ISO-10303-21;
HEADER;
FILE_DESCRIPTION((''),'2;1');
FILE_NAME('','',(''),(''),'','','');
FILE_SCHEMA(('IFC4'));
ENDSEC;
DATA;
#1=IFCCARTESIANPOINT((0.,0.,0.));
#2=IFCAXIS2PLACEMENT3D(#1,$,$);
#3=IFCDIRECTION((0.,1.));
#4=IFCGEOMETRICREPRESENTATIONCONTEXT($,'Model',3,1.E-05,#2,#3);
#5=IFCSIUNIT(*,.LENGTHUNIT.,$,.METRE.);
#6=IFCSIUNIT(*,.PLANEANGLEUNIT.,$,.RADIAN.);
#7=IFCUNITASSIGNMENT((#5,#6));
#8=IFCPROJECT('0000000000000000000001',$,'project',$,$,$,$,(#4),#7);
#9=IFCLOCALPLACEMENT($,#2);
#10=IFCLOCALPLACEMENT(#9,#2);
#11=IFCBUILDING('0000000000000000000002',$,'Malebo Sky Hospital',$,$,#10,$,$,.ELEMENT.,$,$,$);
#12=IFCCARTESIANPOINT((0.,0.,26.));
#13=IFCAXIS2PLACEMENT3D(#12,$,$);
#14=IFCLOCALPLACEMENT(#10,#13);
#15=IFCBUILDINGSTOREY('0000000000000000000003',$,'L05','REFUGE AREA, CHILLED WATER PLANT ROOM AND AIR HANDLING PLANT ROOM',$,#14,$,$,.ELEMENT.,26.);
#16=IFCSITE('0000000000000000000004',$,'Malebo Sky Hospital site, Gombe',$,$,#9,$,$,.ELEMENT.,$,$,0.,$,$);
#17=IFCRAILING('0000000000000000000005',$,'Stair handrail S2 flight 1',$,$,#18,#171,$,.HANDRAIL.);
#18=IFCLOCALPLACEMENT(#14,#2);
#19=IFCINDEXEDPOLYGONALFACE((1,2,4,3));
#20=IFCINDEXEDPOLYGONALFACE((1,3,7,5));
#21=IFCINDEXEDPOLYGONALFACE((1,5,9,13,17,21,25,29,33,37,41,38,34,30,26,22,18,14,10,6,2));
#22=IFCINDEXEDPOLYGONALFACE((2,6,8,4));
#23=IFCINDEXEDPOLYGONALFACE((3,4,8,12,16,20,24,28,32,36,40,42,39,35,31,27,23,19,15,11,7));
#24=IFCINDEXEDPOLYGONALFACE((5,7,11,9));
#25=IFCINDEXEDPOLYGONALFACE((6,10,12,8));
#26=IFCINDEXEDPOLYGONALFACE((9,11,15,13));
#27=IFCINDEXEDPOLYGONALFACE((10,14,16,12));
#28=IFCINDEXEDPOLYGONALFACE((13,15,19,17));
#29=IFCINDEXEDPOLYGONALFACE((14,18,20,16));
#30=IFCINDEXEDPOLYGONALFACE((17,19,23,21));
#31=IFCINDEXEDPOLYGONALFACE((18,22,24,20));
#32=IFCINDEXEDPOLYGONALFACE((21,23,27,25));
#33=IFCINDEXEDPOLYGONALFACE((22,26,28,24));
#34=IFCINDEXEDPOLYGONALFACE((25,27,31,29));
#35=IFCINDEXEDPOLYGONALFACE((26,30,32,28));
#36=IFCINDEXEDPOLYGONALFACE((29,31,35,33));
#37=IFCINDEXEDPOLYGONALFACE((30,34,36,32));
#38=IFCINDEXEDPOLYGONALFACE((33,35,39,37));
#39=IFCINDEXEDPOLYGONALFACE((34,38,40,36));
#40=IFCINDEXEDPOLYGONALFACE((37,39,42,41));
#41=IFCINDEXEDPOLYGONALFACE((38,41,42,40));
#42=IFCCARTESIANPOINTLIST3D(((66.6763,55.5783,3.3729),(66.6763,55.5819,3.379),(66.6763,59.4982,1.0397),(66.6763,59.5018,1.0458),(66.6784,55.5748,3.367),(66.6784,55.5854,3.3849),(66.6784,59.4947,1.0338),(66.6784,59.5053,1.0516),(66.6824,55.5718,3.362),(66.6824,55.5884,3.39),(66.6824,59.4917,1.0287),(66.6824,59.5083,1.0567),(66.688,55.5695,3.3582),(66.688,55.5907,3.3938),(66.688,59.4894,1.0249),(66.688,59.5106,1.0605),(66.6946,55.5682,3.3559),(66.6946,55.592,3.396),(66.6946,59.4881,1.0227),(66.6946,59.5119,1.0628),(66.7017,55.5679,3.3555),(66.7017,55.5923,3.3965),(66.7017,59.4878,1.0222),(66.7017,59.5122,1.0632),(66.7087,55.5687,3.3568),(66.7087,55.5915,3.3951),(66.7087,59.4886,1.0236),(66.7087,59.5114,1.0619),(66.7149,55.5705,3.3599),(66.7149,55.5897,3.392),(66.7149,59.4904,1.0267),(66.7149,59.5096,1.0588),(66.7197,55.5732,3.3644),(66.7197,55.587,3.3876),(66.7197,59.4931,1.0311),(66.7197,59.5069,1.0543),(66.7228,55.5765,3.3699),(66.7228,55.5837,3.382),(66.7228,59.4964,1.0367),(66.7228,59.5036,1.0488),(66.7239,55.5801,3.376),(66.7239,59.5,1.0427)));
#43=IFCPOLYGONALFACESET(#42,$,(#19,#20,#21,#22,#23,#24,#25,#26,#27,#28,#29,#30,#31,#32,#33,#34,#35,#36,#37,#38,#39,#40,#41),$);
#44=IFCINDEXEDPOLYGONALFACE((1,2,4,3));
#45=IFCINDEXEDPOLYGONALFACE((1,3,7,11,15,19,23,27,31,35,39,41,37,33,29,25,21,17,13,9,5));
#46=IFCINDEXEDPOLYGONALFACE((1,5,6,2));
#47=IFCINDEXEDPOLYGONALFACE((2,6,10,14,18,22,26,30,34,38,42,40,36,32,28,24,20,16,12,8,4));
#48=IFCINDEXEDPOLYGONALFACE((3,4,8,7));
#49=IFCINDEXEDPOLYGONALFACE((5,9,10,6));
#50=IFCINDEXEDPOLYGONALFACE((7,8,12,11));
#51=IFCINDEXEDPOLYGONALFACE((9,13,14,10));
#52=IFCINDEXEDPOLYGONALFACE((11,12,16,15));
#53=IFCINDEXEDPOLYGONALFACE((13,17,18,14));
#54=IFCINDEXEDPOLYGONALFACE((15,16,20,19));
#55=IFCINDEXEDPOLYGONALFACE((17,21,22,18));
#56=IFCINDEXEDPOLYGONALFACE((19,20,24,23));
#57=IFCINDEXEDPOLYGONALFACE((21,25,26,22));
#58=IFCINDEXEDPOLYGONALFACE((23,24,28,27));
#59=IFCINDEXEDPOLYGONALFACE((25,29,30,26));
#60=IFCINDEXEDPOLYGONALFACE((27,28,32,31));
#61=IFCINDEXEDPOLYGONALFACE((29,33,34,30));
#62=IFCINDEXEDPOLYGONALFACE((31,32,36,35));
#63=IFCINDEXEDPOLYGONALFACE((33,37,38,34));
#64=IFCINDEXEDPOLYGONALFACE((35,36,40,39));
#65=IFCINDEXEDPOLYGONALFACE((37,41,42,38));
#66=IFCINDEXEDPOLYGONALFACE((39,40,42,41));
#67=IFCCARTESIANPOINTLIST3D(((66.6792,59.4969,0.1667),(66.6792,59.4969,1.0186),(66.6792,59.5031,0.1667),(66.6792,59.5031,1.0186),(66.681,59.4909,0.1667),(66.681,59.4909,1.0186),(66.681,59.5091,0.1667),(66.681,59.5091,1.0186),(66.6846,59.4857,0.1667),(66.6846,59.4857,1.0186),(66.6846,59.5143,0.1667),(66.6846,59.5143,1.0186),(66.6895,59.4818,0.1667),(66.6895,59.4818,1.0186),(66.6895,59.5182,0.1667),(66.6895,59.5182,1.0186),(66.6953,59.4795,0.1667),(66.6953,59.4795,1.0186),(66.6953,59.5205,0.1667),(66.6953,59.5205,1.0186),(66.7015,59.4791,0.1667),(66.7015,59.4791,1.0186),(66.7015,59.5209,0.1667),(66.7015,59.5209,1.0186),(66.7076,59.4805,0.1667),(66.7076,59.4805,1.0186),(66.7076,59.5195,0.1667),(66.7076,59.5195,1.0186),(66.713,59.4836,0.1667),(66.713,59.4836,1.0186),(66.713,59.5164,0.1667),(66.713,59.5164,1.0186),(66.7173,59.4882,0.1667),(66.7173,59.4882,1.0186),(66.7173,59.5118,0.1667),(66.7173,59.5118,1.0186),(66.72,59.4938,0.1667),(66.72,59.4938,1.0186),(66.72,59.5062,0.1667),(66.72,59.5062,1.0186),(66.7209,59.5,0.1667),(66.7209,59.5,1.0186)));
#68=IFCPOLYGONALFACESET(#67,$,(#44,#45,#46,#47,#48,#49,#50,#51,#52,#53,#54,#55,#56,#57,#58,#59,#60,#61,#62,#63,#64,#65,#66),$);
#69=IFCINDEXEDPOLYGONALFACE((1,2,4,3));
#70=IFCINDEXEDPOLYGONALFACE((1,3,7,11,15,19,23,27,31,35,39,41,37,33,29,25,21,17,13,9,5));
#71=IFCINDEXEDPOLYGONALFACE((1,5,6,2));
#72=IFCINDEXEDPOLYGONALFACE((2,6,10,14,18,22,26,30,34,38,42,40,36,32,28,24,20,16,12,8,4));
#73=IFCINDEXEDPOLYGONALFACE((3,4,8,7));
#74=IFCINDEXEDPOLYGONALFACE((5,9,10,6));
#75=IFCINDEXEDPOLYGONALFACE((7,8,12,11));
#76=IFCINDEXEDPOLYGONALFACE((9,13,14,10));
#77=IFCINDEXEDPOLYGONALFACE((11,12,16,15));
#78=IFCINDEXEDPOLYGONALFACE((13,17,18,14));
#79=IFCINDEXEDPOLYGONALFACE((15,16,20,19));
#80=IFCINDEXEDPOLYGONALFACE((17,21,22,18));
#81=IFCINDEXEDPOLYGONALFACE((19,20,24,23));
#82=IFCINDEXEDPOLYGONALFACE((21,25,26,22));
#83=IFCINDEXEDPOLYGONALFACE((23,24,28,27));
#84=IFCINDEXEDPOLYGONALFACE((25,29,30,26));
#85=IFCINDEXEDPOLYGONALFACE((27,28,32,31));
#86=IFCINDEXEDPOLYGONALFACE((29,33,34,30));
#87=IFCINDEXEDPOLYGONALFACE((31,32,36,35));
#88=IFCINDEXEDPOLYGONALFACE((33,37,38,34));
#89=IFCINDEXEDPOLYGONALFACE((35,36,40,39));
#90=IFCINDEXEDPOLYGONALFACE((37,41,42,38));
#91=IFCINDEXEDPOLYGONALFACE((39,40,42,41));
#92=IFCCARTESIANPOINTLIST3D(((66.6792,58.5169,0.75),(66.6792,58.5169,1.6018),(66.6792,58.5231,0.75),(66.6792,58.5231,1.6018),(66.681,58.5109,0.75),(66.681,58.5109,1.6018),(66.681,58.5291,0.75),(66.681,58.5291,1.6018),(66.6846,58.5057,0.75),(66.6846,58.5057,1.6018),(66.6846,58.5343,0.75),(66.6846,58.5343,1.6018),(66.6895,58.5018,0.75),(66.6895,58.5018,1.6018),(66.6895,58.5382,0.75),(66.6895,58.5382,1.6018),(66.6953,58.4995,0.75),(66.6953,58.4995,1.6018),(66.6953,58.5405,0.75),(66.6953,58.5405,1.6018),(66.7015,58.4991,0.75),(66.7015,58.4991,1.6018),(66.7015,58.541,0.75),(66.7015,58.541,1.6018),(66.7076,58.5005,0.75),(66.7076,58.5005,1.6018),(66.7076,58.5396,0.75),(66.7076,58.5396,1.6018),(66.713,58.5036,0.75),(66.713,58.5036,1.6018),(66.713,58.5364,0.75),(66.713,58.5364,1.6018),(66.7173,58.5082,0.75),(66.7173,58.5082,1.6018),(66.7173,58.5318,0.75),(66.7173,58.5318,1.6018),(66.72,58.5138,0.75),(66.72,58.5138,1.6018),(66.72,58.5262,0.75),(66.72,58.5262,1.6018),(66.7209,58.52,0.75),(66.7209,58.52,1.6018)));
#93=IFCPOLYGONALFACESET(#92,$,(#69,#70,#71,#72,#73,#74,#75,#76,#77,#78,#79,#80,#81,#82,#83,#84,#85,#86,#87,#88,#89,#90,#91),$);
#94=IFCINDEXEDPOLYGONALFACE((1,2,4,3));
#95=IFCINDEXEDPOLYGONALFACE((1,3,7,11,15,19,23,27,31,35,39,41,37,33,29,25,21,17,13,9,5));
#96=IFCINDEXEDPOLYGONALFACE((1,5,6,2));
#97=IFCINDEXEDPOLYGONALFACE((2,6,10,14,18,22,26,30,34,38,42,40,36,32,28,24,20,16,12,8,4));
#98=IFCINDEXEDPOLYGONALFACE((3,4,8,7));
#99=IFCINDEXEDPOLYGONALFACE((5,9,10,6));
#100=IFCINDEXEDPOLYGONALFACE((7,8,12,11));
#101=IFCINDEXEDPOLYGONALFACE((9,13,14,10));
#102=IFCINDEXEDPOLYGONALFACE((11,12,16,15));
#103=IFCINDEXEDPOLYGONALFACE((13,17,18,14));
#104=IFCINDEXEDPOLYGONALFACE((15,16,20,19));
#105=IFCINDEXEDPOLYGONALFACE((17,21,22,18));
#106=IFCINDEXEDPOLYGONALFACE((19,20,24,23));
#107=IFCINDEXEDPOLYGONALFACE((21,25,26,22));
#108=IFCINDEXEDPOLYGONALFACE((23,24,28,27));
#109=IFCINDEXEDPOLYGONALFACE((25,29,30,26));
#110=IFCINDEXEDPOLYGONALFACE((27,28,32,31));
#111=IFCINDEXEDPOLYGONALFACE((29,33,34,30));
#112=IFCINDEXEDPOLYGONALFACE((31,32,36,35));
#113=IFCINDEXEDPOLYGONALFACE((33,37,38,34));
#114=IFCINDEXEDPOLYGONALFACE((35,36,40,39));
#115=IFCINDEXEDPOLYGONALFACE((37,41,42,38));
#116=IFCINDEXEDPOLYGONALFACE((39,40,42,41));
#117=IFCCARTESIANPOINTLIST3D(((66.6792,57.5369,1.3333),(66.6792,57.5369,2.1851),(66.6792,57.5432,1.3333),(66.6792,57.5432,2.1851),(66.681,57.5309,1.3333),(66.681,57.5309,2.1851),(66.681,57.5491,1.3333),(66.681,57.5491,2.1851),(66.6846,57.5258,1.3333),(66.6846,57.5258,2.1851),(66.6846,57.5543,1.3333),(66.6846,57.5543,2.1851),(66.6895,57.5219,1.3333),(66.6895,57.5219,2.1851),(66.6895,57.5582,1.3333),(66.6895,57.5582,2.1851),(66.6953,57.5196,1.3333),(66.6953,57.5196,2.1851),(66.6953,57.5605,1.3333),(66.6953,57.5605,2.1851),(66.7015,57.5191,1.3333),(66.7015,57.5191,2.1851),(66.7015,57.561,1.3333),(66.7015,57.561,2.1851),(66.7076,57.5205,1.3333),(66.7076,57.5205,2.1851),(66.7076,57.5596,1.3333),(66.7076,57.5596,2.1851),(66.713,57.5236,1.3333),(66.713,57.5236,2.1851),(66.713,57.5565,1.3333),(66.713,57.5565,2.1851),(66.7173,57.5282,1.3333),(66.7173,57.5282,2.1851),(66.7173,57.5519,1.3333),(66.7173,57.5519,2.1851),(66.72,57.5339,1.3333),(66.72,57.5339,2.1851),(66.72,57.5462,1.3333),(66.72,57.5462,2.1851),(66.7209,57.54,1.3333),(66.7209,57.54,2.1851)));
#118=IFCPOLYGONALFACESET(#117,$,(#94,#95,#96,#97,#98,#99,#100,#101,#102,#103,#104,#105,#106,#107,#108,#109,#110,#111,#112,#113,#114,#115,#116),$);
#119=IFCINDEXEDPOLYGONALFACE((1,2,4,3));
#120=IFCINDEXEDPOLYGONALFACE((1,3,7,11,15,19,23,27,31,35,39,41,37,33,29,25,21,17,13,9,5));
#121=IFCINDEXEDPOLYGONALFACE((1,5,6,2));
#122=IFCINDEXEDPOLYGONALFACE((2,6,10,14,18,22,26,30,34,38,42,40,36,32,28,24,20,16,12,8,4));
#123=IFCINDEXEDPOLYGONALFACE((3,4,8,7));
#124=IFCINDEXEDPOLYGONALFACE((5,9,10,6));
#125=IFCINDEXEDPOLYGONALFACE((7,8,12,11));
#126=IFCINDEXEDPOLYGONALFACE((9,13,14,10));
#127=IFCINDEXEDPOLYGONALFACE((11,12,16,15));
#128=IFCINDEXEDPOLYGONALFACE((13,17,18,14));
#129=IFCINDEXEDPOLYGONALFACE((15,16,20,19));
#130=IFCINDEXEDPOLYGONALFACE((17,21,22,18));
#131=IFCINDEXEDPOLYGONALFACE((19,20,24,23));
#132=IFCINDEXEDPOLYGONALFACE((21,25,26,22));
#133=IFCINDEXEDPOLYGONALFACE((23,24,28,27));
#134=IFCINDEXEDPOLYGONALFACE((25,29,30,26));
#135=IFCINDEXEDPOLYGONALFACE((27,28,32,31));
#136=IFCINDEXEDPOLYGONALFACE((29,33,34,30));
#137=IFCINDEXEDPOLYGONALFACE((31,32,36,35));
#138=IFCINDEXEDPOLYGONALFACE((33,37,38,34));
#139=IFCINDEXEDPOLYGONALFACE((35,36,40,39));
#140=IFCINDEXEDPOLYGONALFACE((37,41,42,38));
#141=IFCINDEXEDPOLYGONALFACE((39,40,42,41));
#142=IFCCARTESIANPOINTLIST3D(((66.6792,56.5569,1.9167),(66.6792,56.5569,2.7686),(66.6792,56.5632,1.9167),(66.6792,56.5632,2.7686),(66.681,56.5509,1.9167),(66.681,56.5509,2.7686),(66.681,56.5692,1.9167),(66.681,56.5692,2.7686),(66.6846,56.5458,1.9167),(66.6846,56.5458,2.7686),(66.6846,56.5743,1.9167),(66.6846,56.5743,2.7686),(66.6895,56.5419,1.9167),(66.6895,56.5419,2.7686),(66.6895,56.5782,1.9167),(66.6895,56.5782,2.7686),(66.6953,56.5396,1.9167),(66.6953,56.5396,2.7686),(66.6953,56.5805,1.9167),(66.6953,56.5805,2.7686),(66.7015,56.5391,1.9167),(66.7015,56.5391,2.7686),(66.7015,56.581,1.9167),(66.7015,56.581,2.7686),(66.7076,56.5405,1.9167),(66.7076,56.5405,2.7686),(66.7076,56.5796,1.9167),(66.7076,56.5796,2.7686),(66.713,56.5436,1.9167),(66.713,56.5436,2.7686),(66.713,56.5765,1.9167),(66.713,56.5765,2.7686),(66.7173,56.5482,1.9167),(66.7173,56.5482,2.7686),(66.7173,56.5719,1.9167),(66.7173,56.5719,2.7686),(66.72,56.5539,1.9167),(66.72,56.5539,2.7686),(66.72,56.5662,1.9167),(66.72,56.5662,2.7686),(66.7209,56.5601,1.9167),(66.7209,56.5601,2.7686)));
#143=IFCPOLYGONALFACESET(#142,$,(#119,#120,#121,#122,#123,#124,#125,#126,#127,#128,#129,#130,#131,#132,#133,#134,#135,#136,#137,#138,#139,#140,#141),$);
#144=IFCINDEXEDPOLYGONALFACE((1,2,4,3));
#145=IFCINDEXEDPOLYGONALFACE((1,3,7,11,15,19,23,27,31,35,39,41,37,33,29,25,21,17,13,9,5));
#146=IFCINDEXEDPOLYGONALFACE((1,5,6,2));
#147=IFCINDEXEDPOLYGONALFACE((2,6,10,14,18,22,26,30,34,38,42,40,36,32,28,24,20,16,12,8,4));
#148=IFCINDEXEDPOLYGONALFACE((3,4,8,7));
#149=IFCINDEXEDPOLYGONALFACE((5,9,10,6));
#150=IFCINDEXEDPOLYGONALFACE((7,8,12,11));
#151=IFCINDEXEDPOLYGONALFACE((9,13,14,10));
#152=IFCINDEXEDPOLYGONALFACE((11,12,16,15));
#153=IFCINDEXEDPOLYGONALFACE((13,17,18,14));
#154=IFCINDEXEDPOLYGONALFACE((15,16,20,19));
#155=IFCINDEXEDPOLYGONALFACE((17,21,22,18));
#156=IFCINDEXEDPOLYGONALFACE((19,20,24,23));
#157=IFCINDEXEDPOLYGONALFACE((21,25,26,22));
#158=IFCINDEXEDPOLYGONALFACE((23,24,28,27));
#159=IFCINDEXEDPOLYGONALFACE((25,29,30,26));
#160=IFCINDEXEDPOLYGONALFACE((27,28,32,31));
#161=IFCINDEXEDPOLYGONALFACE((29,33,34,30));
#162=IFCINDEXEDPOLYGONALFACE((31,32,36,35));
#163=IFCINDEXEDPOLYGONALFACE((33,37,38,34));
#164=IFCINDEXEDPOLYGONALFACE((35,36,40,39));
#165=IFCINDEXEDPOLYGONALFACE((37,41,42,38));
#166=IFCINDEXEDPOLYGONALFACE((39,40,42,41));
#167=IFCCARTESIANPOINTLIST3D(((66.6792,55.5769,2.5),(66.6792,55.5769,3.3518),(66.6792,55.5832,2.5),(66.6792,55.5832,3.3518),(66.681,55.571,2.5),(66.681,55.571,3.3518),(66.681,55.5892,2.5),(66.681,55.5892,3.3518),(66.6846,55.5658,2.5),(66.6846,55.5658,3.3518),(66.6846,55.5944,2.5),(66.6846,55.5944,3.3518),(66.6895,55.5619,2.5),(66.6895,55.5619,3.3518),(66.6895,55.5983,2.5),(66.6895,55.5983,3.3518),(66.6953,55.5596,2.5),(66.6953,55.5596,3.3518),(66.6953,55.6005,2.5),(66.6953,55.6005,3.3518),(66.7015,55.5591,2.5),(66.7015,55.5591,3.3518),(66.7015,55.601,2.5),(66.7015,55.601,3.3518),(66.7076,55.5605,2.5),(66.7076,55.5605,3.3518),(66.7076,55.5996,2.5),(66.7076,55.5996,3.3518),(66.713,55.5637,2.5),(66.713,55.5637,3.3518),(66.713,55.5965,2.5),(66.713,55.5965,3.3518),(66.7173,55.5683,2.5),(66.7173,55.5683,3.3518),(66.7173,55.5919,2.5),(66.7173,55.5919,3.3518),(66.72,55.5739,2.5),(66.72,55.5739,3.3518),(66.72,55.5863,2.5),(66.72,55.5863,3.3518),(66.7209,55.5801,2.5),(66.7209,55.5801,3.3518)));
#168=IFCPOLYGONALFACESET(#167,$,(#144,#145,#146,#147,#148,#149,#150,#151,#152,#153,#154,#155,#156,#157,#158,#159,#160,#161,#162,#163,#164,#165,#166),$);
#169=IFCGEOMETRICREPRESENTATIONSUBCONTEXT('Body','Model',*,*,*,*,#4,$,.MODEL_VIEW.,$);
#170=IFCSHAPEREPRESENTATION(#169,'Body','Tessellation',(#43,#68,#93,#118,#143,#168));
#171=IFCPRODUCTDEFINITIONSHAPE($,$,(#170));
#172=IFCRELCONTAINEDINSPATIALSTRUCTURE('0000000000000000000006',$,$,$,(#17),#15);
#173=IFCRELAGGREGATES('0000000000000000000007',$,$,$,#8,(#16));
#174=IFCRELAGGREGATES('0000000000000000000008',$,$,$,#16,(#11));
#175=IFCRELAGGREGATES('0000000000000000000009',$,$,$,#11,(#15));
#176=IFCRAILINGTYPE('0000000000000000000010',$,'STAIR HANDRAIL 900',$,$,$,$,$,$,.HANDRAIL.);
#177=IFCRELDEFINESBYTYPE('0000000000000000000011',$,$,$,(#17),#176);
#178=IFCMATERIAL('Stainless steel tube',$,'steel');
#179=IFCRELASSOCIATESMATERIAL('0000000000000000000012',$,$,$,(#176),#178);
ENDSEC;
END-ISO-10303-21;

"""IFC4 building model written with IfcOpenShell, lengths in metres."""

from ifc_helpers import new_model, si_unit, direction, frame, origin, origin_2d, place, context, subcontext, project, spatial, circle, extrude, material, type_object, element, save


model = new_model("IFC4")

# Units and contexts
model_context = context("Model", 3, precision=1e-05, world=origin(), true_north=direction((0.0, 1.0)))
body_context = subcontext(model_context, "Body", "Model", "MODEL_VIEW")
ifc_project = project(units=[si_unit("LENGTHUNIT", "METRE"), si_unit("PLANEANGLEUNIT", "RADIAN")], contexts=[model_context])

# Site, building, storey
site_placement = place(None, origin())
site = spatial("IfcSite", under=ifc_project, at=site_placement, Name="Malebo Sky Hospital site, Gombe", CompositionType="ELEMENT", RefElevation=0.0)
building_placement = place(site_placement, origin())
building = spatial("IfcBuilding", under=site, at=building_placement, Name="Malebo Sky Hospital", CompositionType="ELEMENT")
storey_placement = place(building_placement, frame((0.0, 0.0, 26.0)))
storey = spatial("IfcBuildingStorey", under=building, at=storey_placement, Name="L05", Description="REFUGE AREA, CHILLED WATER PLANT ROOM AND AIR HANDLING PLANT ROOM", CompositionType="ELEMENT", Elevation=26.0)

# Railing
ifc_material_1 = material(Name="Stainless steel tube", Category="steel")
railing_type = type_object("IfcRailingType", Name="STAIR HANDRAIL 900", PredefinedType="HANDRAIL", material=ifc_material_1)
railing_1_placement = place(storey_placement, frame((66.7, 59.5, 0.1667)))
element("IfcRailing", 1, at=railing_1_placement, inside=storey, type_object=railing_type, Name="Stair handrail S2 flight 1", PredefinedType="HANDRAIL", context=body_context, shape_type="SweptSolid", body=[
    extrude(circle(Radius=0.0239, at=origin_2d()), frame((0.0, 0.0, 0.876), z_axis=(0.0, -0.859296, 0.511478), x_axis=(1.0, 0.0, 0.0)), (0.0, 0.0, 1.0), 4.5618),
    extrude(circle(Radius=0.021, at=origin_2d()), origin(), (0.0, 0.0, 1.0), 0.8518),
    extrude(circle(Radius=0.021, at=origin_2d()), frame((0.0, -0.98, 0.5833)), (0.0, 0.0, 1.0), 0.8518),
    extrude(circle(Radius=0.021, at=origin_2d()), frame((0.0, -1.96, 1.1665)), (0.0, 0.0, 1.0), 0.8518),
    extrude(circle(Radius=0.021, at=origin_2d()), frame((0.0, -2.9399, 1.75)), (0.0, 0.0, 1.0), 0.8518),
    extrude(circle(Radius=0.021, at=origin_2d()), frame((0.0, -3.9199, 2.3333)), (0.0, 0.0, 1.0), 0.8518),
])

save(model, "model.ifc")
